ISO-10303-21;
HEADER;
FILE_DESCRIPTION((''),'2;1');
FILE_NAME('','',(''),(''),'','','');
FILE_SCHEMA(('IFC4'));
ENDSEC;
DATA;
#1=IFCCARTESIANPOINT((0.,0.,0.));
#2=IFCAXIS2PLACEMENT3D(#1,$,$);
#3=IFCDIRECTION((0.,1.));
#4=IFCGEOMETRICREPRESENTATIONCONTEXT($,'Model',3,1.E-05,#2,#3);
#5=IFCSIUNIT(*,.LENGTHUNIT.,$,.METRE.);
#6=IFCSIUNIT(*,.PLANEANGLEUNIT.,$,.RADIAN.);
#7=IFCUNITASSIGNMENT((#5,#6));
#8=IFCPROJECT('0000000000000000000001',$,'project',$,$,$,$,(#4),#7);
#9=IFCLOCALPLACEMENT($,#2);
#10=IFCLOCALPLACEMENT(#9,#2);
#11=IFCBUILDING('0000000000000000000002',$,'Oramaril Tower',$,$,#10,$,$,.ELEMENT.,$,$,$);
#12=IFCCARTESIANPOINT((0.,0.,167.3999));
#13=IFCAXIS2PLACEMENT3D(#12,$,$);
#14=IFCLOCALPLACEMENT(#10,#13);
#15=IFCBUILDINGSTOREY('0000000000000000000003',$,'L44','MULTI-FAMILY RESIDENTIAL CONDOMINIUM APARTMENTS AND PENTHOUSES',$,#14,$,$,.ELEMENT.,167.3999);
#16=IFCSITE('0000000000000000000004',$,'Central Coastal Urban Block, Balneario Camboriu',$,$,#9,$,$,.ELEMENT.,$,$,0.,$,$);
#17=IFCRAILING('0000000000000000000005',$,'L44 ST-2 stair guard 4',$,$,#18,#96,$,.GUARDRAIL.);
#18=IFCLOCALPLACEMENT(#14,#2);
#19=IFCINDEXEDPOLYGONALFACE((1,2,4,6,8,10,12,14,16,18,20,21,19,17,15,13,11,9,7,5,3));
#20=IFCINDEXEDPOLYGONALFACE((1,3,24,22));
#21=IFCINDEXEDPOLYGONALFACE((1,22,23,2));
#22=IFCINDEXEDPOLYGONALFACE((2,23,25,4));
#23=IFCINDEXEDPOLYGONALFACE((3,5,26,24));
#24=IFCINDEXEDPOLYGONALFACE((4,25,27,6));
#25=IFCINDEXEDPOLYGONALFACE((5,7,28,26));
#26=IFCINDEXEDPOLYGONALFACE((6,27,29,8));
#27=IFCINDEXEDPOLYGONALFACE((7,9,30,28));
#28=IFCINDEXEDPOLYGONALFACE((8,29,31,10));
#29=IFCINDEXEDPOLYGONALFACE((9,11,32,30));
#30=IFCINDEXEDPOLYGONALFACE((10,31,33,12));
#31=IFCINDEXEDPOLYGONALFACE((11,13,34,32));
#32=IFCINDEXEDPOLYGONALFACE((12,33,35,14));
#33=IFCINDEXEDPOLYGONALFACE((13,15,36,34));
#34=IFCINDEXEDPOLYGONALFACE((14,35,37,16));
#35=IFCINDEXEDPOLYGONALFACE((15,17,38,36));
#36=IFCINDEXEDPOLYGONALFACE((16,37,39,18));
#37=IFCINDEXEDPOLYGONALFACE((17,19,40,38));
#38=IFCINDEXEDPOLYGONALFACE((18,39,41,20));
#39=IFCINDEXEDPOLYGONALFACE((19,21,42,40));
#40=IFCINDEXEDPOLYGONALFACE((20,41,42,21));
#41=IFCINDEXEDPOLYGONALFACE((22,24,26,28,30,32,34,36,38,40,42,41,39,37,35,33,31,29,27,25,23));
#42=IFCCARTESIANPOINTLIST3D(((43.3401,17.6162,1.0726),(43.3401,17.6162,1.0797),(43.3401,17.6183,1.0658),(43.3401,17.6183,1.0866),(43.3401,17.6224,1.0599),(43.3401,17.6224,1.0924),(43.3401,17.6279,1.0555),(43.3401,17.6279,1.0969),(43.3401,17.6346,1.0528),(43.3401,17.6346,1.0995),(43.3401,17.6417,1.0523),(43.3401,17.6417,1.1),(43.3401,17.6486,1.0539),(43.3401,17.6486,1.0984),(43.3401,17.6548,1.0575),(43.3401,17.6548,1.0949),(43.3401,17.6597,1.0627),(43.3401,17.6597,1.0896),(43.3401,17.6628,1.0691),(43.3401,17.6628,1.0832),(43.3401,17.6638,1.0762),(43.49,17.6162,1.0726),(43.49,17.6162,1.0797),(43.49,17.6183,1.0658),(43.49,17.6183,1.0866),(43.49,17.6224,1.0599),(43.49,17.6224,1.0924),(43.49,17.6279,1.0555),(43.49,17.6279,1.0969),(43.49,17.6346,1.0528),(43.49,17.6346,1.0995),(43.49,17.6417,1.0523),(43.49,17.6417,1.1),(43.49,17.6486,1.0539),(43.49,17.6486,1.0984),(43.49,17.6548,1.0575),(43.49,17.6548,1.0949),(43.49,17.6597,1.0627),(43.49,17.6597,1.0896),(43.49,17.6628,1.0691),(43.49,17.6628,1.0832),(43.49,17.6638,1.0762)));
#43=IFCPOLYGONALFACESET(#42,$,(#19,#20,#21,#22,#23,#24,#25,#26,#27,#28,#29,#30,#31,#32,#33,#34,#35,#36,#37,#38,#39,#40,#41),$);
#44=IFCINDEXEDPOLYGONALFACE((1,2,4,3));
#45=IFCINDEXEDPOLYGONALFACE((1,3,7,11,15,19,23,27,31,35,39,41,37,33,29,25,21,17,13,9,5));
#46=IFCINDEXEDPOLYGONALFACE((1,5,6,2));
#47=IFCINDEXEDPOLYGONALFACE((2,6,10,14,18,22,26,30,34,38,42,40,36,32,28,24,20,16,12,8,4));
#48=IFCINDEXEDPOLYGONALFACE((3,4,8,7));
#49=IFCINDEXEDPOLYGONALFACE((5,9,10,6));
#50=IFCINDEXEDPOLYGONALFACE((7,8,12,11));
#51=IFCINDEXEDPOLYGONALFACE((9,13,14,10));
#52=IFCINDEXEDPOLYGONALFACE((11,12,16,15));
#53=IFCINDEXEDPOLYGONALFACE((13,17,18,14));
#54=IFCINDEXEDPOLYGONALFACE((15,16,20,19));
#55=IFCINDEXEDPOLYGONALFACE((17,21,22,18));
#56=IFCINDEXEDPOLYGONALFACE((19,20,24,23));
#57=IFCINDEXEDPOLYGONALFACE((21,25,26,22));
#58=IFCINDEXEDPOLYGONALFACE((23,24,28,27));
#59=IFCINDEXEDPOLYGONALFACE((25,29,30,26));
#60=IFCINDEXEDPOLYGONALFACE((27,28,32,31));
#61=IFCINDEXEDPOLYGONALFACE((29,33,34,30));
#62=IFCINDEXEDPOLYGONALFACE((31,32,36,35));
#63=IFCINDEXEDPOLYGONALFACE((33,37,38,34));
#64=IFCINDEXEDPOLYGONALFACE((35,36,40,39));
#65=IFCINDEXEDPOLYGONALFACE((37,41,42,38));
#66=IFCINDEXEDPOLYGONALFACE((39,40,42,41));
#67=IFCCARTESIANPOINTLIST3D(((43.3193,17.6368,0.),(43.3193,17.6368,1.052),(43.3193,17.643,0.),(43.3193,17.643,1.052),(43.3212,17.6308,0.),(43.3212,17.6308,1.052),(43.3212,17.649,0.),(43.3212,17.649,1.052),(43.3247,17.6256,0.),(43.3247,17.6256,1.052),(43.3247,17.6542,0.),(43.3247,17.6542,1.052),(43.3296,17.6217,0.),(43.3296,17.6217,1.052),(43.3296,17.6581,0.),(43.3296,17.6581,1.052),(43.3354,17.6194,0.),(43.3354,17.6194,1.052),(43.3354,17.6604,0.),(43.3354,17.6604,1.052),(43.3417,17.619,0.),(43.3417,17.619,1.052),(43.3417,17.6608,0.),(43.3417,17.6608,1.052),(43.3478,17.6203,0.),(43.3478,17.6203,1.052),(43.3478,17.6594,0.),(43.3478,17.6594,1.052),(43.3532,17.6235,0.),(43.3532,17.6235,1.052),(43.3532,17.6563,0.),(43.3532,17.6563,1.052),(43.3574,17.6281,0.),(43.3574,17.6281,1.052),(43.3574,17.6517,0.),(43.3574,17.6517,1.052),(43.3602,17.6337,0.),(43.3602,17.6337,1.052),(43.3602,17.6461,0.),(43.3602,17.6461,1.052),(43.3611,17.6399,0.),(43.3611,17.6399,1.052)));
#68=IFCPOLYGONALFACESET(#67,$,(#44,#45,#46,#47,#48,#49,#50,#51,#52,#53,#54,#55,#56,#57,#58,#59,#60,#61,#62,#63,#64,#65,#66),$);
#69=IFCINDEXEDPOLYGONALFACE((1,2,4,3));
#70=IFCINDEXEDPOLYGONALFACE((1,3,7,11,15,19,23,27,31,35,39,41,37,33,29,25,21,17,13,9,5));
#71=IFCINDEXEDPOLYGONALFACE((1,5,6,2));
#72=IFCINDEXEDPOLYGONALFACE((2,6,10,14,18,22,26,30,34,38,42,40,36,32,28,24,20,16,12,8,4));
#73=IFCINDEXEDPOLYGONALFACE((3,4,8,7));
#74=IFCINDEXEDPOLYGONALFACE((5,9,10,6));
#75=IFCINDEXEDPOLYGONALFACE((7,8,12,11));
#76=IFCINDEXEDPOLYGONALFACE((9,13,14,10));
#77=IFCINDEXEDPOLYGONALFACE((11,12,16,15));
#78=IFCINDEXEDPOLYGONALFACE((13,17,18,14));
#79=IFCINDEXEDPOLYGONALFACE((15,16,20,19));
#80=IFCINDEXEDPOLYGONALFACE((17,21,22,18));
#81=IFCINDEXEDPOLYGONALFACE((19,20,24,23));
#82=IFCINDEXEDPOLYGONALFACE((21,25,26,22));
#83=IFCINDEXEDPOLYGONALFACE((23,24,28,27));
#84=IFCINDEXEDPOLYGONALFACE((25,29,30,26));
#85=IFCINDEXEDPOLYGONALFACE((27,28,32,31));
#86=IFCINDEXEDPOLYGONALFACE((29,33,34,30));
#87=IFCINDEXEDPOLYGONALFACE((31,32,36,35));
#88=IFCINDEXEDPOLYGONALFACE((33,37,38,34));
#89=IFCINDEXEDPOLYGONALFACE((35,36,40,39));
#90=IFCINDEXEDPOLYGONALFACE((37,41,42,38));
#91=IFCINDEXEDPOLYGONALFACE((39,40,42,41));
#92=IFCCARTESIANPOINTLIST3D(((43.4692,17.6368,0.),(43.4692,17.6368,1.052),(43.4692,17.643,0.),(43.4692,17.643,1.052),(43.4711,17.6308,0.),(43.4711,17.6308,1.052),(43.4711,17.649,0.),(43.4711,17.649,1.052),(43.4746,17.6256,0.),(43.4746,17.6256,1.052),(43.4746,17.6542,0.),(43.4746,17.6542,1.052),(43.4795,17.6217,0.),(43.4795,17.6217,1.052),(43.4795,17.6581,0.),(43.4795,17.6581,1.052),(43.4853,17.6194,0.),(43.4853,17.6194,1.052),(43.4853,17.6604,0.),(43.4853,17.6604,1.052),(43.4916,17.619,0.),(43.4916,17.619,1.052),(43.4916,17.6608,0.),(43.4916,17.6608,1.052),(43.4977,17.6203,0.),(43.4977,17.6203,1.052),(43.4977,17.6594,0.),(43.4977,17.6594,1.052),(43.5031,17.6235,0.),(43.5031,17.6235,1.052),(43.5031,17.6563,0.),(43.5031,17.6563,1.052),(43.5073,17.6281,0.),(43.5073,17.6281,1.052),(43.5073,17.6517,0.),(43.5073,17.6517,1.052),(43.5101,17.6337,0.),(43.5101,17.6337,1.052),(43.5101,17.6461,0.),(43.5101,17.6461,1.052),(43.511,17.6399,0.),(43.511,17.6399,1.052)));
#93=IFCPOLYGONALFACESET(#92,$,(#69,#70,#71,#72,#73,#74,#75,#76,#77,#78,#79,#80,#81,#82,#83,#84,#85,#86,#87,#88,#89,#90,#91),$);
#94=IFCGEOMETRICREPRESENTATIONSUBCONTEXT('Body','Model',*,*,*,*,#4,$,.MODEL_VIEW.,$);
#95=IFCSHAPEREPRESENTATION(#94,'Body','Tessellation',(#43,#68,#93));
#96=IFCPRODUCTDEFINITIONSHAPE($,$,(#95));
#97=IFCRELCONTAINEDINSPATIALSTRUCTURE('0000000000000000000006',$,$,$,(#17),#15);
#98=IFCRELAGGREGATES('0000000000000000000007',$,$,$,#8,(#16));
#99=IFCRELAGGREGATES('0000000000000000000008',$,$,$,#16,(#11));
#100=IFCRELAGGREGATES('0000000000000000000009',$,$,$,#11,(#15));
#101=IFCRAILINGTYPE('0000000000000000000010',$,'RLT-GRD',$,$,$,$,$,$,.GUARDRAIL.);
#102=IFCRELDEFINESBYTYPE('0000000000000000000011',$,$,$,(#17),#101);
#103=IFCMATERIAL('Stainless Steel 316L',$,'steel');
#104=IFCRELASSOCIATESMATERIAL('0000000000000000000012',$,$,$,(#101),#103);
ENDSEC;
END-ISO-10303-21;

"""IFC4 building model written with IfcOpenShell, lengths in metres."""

from ifc_helpers import new_model, si_unit, direction, frame, origin, origin_2d, place, context, subcontext, project, spatial, circle, extrude, material, type_object, element, save


model = new_model("IFC4")

# Units and contexts
model_context = context("Model", 3, precision=1e-05, world=origin(), true_north=direction((0.0, 1.0)))
body_context = subcontext(model_context, "Body", "Model", "MODEL_VIEW")
ifc_project = project(units=[si_unit("LENGTHUNIT", "METRE"), si_unit("PLANEANGLEUNIT", "RADIAN")], contexts=[model_context])

# Site, building, storey
site_placement = place(None, origin())
site = spatial("IfcSite", under=ifc_project, at=site_placement, Name="Central Coastal Urban Block, Balneario Camboriu", CompositionType="ELEMENT", RefElevation=0.0)
building_placement = place(site_placement, origin())
building = spatial("IfcBuilding", under=site, at=building_placement, Name="Oramaril Tower", CompositionType="ELEMENT")
storey_placement = place(building_placement, frame((0.0, 0.0, 167.3999)))
storey = spatial("IfcBuildingStorey", under=building, at=storey_placement, Name="L44", Description="MULTI-FAMILY RESIDENTIAL CONDOMINIUM APARTMENTS AND PENTHOUSES", CompositionType="ELEMENT", Elevation=167.3999)

# Railing
ifc_material_1 = material(Name="Stainless Steel 316L", Category="steel")
railing_type_1 = type_object("IfcRailingType", Name="RLT-GRD", PredefinedType="GUARDRAIL", material=ifc_material_1)
railing_1_placement = place(storey_placement, frame((43.3401, 17.6399, 0.0)))
element("IfcRailing", 1, at=railing_1_placement, inside=storey, type_object=railing_type_1, Name="L44 ST-2 stair guard 4", PredefinedType="GUARDRAIL", context=body_context, shape_type="SweptSolid", body=[
    extrude(circle(Radius=0.0239, at=origin_2d()), frame((0.0, 0.0, 1.0762), z_axis=(1.0, 0.0, 0.0), x_axis=(0.0, 1.0, 0.0)), (0.0, 0.0, 1.0), 0.1499),
    extrude(circle(Radius=0.021, at=origin_2d()), origin(), (0.0, 0.0, 1.0), 1.052),
    extrude(circle(Radius=0.021, at=origin_2d()), frame((0.1499, 0.0, 0.0)), (0.0, 0.0, 1.0), 1.052),
])

save(model, "model.ifc")
